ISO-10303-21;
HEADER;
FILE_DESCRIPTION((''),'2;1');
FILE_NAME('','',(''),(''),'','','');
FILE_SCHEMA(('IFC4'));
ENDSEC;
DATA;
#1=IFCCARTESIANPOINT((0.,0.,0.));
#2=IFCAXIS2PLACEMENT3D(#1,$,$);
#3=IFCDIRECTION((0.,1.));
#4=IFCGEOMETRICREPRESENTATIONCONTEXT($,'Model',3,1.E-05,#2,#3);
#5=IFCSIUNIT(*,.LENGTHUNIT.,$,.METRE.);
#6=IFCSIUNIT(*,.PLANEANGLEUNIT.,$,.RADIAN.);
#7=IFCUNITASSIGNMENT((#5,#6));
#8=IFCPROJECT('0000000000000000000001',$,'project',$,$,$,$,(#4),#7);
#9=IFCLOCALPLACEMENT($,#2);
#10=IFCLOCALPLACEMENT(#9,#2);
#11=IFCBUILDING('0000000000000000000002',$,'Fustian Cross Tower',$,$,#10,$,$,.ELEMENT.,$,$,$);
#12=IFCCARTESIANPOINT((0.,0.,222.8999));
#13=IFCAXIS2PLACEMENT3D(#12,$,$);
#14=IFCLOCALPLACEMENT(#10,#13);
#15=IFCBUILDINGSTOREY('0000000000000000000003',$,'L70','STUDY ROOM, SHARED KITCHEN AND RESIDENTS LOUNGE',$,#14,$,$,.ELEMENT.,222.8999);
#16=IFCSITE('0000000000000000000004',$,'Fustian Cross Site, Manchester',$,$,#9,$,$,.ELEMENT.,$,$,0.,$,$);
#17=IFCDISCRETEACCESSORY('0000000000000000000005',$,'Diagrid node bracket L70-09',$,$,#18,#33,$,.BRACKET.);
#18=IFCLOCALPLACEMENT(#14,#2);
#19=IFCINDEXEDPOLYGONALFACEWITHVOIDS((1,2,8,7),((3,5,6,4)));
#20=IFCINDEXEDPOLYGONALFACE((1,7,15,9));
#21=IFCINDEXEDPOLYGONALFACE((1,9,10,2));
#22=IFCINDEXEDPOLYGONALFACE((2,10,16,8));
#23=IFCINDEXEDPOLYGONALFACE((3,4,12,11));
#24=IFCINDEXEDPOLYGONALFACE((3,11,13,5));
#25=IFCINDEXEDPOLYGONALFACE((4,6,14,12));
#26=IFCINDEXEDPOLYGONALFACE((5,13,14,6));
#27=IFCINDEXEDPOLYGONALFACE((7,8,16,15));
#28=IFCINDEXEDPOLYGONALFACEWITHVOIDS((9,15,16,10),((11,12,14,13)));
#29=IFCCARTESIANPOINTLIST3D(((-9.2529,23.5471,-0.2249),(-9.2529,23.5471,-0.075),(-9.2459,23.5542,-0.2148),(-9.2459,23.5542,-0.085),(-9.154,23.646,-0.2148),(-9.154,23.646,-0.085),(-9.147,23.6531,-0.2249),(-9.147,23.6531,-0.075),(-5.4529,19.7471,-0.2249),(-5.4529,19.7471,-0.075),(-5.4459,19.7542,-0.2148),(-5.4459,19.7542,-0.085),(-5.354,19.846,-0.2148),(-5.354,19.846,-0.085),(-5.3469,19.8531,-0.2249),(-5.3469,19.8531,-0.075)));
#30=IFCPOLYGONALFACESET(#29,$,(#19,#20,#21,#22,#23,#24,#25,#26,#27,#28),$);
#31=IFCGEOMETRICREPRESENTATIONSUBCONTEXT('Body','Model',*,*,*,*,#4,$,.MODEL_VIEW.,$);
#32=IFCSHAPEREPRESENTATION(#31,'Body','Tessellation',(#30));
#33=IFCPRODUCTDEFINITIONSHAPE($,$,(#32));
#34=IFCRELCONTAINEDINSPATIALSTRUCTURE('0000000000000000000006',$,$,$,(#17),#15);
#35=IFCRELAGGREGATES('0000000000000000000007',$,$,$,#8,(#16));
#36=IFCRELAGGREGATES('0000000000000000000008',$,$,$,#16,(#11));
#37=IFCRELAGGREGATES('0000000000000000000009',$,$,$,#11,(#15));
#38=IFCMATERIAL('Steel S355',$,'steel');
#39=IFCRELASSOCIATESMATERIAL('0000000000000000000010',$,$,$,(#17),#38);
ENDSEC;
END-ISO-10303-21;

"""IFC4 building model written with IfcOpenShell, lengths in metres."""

from ifc_helpers import new_model, si_unit, direction, frame, origin, origin_2d, place, context, subcontext, project, spatial, hollow_rectangle, extrude, material, element, save


model = new_model("IFC4")

# Units and contexts
model_context = context("Model", 3, precision=1e-05, world=origin(), true_north=direction((0.0, 1.0)))
body_context = subcontext(model_context, "Body", "Model", "MODEL_VIEW")
ifc_project = project(units=[si_unit("LENGTHUNIT", "METRE"), si_unit("PLANEANGLEUNIT", "RADIAN")], contexts=[model_context])

# Site, building, storey
site_placement = place(None, origin())
site = spatial("IfcSite", under=ifc_project, at=site_placement, Name="Fustian Cross Site, Manchester", CompositionType="ELEMENT", RefElevation=0.0)
building_placement = place(site_placement, origin())
building = spatial("IfcBuilding", under=site, at=building_placement, Name="Fustian Cross Tower", CompositionType="ELEMENT")
storey_placement = place(building_placement, frame((0.0, 0.0, 222.8999)))
storey = spatial("IfcBuildingStorey", under=building, at=storey_placement, Name="L70", Description="STUDY ROOM, SHARED KITCHEN AND RESIDENTS LOUNGE", CompositionType="ELEMENT", Elevation=222.8999)

# Discrete accessory
ifc_material_1 = material(Name="Steel S355", Category="steel")
discrete_accessory_placement = place(storey_placement, frame((-9.2, 23.6001, -0.1499), z_axis=(0.707107, -0.707107, 0.0), x_axis=(0.707107, 0.707107, 0.0)))
element("IfcDiscreteAccessory", 1, at=discrete_accessory_placement, inside=storey, material=ifc_material_1, Name="Diagrid node bracket L70-09", PredefinedType="BRACKET", context=body_context, shape_type="SweptSolid", body=[
    extrude(hollow_rectangle(XDim=0.1499, YDim=0.1499, WallThickness=0.01, at=origin_2d()), origin(), (0.0, 0.0, 1.0), 5.374),
])

save(model, "model.ifc")
